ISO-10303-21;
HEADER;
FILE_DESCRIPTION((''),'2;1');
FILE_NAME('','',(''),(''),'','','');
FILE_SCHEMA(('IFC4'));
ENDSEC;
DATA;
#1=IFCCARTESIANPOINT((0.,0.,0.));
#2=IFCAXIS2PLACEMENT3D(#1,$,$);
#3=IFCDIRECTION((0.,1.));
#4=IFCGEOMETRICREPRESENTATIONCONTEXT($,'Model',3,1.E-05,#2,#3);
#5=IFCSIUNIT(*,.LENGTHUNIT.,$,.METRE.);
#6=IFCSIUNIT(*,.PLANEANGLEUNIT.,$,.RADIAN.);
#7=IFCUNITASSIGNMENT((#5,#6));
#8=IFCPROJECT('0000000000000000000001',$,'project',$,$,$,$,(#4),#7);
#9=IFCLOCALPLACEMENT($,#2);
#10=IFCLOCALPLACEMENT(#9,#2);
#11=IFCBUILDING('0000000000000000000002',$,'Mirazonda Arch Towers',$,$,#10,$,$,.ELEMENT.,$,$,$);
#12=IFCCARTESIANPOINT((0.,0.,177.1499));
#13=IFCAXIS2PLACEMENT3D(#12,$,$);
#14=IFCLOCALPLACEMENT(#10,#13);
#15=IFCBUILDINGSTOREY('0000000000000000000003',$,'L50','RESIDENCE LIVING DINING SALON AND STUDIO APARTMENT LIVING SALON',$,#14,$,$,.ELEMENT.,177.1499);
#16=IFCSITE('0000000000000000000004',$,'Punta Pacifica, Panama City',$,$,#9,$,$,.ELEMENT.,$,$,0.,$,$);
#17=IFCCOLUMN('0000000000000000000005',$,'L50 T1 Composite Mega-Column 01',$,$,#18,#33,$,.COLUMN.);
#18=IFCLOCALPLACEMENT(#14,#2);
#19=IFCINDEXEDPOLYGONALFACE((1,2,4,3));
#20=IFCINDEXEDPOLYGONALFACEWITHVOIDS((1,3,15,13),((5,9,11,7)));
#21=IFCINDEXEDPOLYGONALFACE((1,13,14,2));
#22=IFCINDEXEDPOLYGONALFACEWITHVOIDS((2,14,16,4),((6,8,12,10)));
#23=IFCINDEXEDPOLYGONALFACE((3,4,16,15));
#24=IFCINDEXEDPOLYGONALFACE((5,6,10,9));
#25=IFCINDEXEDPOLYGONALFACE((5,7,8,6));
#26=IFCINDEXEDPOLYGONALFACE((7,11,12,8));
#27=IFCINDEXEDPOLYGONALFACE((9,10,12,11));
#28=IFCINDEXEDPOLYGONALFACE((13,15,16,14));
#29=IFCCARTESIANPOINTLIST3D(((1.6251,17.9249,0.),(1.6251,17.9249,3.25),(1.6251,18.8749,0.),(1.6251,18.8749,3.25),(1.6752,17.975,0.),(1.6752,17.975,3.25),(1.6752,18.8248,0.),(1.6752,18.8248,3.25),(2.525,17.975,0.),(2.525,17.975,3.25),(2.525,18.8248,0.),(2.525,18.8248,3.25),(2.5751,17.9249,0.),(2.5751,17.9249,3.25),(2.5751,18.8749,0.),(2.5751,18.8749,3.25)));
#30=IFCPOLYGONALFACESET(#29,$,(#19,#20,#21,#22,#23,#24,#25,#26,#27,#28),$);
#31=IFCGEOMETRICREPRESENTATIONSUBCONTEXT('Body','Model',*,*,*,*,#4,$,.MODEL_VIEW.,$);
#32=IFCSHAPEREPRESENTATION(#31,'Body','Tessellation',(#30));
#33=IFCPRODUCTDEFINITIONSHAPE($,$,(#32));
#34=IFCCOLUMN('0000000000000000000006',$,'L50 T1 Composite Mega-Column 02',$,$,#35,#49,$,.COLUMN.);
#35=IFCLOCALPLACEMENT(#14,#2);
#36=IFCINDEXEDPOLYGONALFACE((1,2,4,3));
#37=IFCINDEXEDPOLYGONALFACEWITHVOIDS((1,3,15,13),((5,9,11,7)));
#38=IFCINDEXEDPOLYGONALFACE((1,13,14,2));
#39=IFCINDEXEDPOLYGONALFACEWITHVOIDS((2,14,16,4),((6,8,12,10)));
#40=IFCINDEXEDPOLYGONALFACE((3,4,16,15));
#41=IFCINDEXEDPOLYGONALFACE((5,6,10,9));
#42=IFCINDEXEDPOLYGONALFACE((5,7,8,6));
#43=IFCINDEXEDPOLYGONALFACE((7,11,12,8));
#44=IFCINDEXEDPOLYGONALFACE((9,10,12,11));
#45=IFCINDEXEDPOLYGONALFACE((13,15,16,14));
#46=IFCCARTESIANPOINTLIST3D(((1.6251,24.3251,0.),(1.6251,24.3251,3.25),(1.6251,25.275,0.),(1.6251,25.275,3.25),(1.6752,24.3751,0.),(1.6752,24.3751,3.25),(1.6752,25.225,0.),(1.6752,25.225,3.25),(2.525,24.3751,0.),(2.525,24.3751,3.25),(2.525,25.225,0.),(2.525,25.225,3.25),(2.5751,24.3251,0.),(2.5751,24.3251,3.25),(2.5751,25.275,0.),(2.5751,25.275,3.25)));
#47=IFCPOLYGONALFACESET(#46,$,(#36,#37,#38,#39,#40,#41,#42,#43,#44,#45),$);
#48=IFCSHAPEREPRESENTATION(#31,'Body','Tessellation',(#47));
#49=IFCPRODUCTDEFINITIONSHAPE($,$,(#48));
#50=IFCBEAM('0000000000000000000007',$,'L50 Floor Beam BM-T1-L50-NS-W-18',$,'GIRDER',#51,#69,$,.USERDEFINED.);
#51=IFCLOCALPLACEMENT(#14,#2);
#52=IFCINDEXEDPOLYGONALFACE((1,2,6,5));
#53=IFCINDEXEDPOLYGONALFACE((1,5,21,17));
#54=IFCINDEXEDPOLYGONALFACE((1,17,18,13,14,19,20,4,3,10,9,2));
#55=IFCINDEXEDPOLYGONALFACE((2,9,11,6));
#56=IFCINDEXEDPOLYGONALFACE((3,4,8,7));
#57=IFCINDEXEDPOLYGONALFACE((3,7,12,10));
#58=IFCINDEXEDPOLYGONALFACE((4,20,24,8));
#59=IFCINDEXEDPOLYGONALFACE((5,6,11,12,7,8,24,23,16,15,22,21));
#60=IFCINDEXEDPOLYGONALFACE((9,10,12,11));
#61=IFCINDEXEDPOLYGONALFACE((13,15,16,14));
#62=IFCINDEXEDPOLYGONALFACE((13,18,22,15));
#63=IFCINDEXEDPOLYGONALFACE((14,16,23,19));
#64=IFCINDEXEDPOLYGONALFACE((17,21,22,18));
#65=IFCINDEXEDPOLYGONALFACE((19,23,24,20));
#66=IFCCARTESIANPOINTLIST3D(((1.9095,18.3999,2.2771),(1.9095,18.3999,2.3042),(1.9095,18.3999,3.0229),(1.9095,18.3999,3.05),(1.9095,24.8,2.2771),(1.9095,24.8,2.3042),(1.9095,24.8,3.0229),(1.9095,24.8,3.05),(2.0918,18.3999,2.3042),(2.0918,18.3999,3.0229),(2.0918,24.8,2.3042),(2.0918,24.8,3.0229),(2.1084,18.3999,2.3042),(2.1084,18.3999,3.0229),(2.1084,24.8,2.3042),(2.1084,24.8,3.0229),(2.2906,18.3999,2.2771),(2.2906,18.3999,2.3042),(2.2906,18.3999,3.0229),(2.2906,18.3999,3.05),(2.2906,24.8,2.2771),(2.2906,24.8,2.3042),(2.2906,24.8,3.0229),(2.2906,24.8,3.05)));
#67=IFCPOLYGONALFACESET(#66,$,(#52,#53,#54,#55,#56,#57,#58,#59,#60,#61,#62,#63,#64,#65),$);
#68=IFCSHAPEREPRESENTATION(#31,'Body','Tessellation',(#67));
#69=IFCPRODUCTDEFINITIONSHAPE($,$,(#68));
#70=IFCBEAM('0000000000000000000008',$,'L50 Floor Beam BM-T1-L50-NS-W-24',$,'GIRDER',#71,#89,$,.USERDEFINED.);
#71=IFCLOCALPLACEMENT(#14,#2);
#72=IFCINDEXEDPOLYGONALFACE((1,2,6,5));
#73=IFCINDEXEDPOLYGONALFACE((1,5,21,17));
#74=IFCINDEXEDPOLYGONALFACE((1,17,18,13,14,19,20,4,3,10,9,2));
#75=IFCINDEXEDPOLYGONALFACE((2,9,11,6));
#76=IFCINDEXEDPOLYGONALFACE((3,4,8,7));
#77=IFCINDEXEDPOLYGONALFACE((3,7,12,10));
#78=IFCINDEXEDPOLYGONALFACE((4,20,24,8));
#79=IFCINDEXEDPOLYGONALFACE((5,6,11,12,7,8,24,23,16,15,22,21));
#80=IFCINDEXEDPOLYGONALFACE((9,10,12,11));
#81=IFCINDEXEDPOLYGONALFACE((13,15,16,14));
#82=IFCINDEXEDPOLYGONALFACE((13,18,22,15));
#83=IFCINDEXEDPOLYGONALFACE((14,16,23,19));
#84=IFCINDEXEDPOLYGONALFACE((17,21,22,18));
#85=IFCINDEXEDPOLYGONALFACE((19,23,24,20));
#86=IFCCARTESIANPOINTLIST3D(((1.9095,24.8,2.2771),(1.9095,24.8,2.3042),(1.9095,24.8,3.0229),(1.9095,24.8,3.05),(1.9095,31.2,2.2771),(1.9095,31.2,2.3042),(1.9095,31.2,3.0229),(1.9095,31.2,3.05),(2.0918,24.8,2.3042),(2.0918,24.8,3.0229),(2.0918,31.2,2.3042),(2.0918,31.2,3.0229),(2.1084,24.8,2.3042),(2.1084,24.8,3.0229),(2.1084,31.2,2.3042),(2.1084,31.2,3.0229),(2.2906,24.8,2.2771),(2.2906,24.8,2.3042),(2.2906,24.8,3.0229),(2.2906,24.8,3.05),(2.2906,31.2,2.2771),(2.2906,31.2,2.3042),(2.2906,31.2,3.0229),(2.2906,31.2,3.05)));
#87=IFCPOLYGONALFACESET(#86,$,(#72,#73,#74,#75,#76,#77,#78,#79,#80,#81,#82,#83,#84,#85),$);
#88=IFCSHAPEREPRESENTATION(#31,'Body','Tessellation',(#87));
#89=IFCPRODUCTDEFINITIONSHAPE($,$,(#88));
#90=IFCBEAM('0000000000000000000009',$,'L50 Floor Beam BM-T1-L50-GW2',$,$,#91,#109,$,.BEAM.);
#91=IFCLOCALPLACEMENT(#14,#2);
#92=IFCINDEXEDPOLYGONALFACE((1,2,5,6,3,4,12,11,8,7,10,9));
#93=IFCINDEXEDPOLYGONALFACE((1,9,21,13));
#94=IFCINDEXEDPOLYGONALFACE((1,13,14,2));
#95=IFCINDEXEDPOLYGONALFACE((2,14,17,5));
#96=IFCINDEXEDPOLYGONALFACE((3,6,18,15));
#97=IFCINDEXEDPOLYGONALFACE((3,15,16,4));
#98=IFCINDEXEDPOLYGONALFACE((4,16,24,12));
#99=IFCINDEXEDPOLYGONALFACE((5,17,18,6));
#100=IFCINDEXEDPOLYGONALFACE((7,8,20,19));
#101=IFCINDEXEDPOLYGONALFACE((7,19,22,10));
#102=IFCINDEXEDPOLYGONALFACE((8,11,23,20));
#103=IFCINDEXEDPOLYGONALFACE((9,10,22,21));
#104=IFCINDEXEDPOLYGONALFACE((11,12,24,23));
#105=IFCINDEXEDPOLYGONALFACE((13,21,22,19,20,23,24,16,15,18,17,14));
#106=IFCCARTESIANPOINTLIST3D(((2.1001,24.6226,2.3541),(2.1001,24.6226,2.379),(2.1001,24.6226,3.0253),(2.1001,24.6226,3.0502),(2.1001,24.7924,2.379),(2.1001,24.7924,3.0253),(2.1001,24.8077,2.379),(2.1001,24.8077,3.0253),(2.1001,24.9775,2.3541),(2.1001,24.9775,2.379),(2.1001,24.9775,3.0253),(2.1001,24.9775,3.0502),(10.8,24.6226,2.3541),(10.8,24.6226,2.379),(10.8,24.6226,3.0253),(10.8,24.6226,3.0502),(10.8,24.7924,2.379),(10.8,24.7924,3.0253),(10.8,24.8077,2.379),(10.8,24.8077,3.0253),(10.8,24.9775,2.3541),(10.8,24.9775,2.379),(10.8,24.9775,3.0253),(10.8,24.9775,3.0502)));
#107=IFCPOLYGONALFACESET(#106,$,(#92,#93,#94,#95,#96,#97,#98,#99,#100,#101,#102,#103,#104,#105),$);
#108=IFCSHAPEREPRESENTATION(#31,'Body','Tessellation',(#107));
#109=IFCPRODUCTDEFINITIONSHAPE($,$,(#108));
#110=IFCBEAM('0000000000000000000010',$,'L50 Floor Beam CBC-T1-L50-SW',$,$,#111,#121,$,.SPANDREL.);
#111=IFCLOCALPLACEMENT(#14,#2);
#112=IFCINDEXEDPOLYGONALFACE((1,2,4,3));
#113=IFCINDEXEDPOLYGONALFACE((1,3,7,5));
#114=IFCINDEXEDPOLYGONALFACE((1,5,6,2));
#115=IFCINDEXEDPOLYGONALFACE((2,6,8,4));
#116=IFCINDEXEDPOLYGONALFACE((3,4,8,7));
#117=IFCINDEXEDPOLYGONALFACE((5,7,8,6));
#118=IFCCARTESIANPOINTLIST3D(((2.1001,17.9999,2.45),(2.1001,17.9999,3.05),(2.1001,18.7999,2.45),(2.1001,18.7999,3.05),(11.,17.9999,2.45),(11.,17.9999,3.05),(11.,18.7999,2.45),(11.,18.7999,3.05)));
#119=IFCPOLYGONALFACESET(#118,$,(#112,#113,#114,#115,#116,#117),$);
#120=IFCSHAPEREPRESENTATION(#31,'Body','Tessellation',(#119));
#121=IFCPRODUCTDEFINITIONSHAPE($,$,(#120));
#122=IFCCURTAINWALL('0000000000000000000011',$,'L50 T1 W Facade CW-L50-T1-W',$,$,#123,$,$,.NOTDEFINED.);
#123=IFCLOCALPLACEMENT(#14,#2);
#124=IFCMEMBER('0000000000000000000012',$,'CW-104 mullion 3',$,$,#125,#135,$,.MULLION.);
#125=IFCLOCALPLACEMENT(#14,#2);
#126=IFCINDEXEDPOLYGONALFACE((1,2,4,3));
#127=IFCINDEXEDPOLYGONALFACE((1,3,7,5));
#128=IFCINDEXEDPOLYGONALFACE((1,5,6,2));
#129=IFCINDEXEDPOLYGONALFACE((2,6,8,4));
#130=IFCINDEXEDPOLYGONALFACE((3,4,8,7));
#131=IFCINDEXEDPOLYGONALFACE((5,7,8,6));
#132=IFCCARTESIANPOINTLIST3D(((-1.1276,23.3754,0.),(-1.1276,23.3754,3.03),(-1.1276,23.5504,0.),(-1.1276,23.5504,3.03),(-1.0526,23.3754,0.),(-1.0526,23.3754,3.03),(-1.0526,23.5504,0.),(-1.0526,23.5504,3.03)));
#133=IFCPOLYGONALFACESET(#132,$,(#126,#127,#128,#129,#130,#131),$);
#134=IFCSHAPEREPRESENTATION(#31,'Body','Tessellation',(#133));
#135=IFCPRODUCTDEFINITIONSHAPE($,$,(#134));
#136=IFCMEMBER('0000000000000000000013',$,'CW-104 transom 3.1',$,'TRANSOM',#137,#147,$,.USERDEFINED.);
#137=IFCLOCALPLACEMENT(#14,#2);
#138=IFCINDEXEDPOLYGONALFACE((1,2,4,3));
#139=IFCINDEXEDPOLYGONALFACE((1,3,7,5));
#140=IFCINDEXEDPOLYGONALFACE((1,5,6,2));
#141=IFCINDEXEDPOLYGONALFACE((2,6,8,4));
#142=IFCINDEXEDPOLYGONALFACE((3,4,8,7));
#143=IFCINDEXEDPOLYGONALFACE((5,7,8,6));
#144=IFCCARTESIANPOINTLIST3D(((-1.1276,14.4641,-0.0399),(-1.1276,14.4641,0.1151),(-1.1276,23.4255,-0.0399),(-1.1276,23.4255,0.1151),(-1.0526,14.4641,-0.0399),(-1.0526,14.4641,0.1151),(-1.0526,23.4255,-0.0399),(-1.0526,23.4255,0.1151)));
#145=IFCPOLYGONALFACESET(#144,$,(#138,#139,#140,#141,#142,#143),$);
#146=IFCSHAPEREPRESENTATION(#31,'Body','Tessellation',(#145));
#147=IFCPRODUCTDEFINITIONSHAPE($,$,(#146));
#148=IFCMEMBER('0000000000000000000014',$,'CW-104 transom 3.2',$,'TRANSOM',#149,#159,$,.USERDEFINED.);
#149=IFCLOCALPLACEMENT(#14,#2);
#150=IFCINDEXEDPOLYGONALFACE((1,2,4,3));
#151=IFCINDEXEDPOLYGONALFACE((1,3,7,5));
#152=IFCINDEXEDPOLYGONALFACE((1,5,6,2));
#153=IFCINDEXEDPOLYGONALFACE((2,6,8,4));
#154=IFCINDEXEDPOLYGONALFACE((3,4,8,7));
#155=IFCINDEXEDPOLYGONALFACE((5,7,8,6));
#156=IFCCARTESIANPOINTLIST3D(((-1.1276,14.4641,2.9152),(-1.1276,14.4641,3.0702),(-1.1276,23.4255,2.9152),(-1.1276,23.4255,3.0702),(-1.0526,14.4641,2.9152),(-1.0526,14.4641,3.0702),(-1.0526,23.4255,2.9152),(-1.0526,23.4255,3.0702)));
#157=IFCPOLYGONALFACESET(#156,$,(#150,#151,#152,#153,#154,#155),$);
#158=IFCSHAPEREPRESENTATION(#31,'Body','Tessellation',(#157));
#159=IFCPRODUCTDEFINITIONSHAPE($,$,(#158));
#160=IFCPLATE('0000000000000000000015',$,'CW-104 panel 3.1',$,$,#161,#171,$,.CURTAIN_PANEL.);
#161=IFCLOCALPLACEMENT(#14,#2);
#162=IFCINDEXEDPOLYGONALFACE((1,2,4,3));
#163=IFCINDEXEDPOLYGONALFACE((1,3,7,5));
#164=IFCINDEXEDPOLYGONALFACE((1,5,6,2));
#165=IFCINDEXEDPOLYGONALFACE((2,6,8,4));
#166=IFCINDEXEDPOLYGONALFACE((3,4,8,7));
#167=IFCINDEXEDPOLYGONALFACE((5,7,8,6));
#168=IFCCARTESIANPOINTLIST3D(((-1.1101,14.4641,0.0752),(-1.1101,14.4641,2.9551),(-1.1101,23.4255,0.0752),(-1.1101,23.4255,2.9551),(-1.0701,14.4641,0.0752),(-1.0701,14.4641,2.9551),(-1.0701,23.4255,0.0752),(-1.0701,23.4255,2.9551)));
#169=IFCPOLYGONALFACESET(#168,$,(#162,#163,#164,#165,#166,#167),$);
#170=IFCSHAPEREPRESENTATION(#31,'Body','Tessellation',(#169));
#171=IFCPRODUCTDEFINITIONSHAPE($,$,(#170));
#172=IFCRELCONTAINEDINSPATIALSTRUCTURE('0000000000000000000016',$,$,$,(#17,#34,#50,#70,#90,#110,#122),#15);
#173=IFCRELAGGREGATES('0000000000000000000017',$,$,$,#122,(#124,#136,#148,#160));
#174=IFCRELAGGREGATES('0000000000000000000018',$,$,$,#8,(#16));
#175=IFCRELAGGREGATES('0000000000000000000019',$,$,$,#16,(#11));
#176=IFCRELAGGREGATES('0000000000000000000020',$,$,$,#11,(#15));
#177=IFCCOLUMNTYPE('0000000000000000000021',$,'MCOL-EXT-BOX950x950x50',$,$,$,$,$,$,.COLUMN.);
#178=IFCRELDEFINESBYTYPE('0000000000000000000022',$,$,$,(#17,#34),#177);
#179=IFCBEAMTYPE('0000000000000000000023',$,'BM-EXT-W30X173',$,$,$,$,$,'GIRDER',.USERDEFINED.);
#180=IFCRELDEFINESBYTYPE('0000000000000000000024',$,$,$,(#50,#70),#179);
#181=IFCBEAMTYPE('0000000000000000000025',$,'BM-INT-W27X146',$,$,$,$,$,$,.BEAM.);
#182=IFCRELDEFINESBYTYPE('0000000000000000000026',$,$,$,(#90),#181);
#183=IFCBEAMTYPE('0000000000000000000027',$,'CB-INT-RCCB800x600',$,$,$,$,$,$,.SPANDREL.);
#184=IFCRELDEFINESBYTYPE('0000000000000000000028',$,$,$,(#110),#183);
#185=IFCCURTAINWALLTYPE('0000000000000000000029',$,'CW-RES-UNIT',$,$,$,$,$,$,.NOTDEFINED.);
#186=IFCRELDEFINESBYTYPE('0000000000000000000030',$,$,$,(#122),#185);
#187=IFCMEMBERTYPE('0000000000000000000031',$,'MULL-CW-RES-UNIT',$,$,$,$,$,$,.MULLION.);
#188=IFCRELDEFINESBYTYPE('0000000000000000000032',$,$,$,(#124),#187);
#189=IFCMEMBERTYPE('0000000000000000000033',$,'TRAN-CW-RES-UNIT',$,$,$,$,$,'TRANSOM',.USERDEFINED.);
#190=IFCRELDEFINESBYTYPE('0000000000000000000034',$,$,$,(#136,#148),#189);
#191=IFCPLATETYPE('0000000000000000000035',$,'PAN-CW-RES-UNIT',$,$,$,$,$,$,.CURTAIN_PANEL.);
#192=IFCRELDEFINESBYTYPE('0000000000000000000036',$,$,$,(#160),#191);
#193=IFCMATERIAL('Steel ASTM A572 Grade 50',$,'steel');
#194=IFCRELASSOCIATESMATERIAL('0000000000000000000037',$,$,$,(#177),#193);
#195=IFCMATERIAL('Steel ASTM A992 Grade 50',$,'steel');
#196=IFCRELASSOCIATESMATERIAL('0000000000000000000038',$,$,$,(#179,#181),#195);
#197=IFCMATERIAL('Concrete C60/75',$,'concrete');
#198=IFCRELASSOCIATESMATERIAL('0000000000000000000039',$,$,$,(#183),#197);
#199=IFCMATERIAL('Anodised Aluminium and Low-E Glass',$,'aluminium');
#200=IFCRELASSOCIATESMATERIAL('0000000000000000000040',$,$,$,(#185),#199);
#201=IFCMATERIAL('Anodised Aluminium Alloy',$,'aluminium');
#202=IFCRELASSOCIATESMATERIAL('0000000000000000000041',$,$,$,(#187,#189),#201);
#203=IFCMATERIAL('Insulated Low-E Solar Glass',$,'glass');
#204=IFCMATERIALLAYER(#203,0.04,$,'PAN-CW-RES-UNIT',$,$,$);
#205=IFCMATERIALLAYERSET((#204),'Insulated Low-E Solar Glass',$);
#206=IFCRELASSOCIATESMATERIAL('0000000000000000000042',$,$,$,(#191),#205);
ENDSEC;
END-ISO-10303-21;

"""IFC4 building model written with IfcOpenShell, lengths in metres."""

from ifc_helpers import new_model, si_unit, direction, frame, origin, origin_2d, place, context, subcontext, project, spatial, rectangle, hollow_rectangle, i_section, extrude, material, layer, layer_set, material_profile, profile_set, type_object, element, aggregate, save


model = new_model("IFC4")

# Units and contexts
model_context = context("Model", 3, precision=1e-05, world=origin(), true_north=direction((0.0, 1.0)))
body_context = subcontext(model_context, "Body", "Model", "MODEL_VIEW")
ifc_project = project(units=[si_unit("LENGTHUNIT", "METRE"), si_unit("PLANEANGLEUNIT", "RADIAN")], contexts=[model_context])

# Site, building, storey
site_placement = place(None, origin())
site = spatial("IfcSite", under=ifc_project, at=site_placement, Name="Punta Pacifica, Panama City", CompositionType="ELEMENT", RefElevation=0.0)
building_placement = place(site_placement, origin())
building = spatial("IfcBuilding", under=site, at=building_placement, Name="Mirazonda Arch Towers", CompositionType="ELEMENT")
storey_placement = place(building_placement, frame((0.0, 0.0, 177.1499)))
storey = spatial("IfcBuildingStorey", under=building, at=storey_placement, Name="L50", Description="RESIDENCE LIVING DINING SALON AND STUDIO APARTMENT LIVING SALON", CompositionType="ELEMENT", Elevation=177.1499)

# Columns
ifc_material_1 = material(Name="Steel ASTM A572 Grade 50", Category="steel")
ifc_material_profile_1 = material_profile(ifc_material_1, hollow_rectangle(XDim=0.95, YDim=0.95, WallThickness=0.05, at=origin_2d()), Name="BOX950x950x50")
ifc_profile_set_1 = profile_set([ifc_material_profile_1], Name="Steel ASTM A572 Grade 50")
column_type = type_object("IfcColumnType", Name="MCOL-EXT-BOX950x950x50", PredefinedType="COLUMN", material=ifc_profile_set_1)
for number, where, z_axis, x_axis, name in (
    (1, (2.1001, 18.3999, 0.0), (0.0, 0.0, 1.0), (1.0, 0.0, 0.0), "L50 T1 Composite Mega-Column 01"),
    (2, (2.1001, 24.8, 0.0), (0.0, 0.0, 1.0), (1.0, 0.0, 0.0), "L50 T1 Composite Mega-Column 02"),
):
    element("IfcColumn", number, at=place(storey_placement, frame(where, z_axis=z_axis, x_axis=x_axis)), inside=storey, type_object=column_type, Name=name, PredefinedType="COLUMN", context=body_context, shape_type="SweptSolid", body=[
        extrude(hollow_rectangle(XDim=0.95, YDim=0.95, WallThickness=0.05, at=origin_2d()), origin(), (0.0, 0.0, 1.0), 3.25),
    ])

# Beams
ifc_material_2 = material(Name="Steel ASTM A992 Grade 50", Category="steel")
ifc_material_profile_2 = material_profile(ifc_material_2, i_section(OverallWidth=0.3811, OverallDepth=0.7729, WebThickness=0.0166, FlangeThickness=0.0271, at=origin_2d()), Name="W30X173")
ifc_profile_set_2 = profile_set([ifc_material_profile_2], Name="Steel ASTM A992 Grade 50")
beam_type_1 = type_object("IfcBeamType", Name="BM-EXT-W30X173", ElementType="GIRDER", PredefinedType="USERDEFINED", material=ifc_profile_set_2)
beam_1_placement = place(storey_placement, frame((2.1001, 18.3999, 2.6636), z_axis=(0.0, 1.0, 0.0), x_axis=(-1.0, 0.0, 0.0)))
element("IfcBeam", 3, at=beam_1_placement, inside=storey, type_object=beam_type_1, Name="L50 Floor Beam BM-T1-L50-NS-W-18", ObjectType="GIRDER", PredefinedType="USERDEFINED", context=body_context, shape_type="SweptSolid", body=[
    extrude(i_section(OverallWidth=0.3811, OverallDepth=0.7729, WebThickness=0.0166, FlangeThickness=0.0271, at=origin_2d()), origin(), (0.0, 0.0, 1.0), 6.4001),
])
beam_2_placement = place(storey_placement, frame((2.1001, 24.8, 2.6636), z_axis=(0.0, 1.0, 0.0), x_axis=(-1.0, 0.0, 0.0)))
element("IfcBeam", 4, at=beam_2_placement, inside=storey, type_object=beam_type_1, Name="L50 Floor Beam BM-T1-L50-NS-W-24", ObjectType="GIRDER", PredefinedType="USERDEFINED", context=body_context, shape_type="SweptSolid", body=[
    extrude(i_section(OverallWidth=0.3811, OverallDepth=0.7729, WebThickness=0.0166, FlangeThickness=0.0271, at=origin_2d()), origin(), (0.0, 0.0, 1.0), 6.3999),
])
ifc_material_profile_3 = material_profile(ifc_material_2, i_section(OverallWidth=0.355, OverallDepth=0.696, WebThickness=0.0154, FlangeThickness=0.0249, at=origin_2d()), Name="W27X146")
ifc_profile_set_3 = profile_set([ifc_material_profile_3], Name="Steel ASTM A992 Grade 50")
beam_type_2 = type_object("IfcBeamType", Name="BM-INT-W27X146", PredefinedType="BEAM", material=ifc_profile_set_3)
beam_3_placement = place(storey_placement, frame((2.1001, 24.8, 2.7021), z_axis=(1.0, 0.0, 0.0), x_axis=(0.0, 1.0, 0.0)))
element("IfcBeam", 5, at=beam_3_placement, inside=storey, type_object=beam_type_2, Name="L50 Floor Beam BM-T1-L50-GW2", PredefinedType="BEAM", context=body_context, shape_type="SweptSolid", body=[
    extrude(i_section(OverallWidth=0.355, OverallDepth=0.696, WebThickness=0.0154, FlangeThickness=0.0249, at=origin_2d()), origin(), (0.0, 0.0, 1.0), 8.7),
])
ifc_material_3 = material(Name="Concrete C60/75", Category="concrete")
ifc_material_profile_4 = material_profile(ifc_material_3, rectangle(XDim=0.8, YDim=0.6001, at=origin_2d()), Name="RCCB800x600")
ifc_profile_set_4 = profile_set([ifc_material_profile_4], Name="Concrete C60/75")
beam_type_3 = type_object("IfcBeamType", Name="CB-INT-RCCB800x600", PredefinedType="SPANDREL", material=ifc_profile_set_4)
beam_4_placement = place(storey_placement, frame((2.1001, 18.3999, 2.75), z_axis=(1.0, 0.0, 0.0), x_axis=(0.0, 1.0, 0.0)))
element("IfcBeam", 6, at=beam_4_placement, inside=storey, type_object=beam_type_3, Name="L50 Floor Beam CBC-T1-L50-SW", PredefinedType="SPANDREL", context=body_context, shape_type="SweptSolid", body=[
    extrude(rectangle(XDim=0.8, YDim=0.6001, at=origin_2d()), origin(), (0.0, 0.0, 1.0), 8.8999),
])

# Curtain wall, members, plate
ifc_material_4 = material(Name="Anodised Aluminium and Low-E Glass", Category="aluminium")
curtain_wall_type = type_object("IfcCurtainWallType", Name="CW-RES-UNIT", PredefinedType="NOTDEFINED", material=ifc_material_4)
curtain_wall_placement = place(storey_placement, origin())
curtain_wall = element("IfcCurtainWall", 7, at=curtain_wall_placement, inside=storey, type_object=curtain_wall_type, Name="L50 T1 W Facade CW-L50-T1-W", PredefinedType="NOTDEFINED")
ifc_material_5 = material(Name="Anodised Aluminium Alloy", Category="aluminium")
ifc_material_profile_5 = material_profile(ifc_material_5, rectangle(XDim=0.075, YDim=0.175, at=origin_2d()), Name="ALU-MULL-75x175")
ifc_profile_set_5 = profile_set([ifc_material_profile_5], Name="Anodised Aluminium Alloy")
member_type_1 = type_object("IfcMemberType", Name="MULL-CW-RES-UNIT", PredefinedType="MULLION", material=ifc_profile_set_5)
member_1_placement = place(storey_placement, frame((-1.0901, 23.4629, 0.0), z_axis=(0.0, 0.0, 1.0), x_axis=(1.0, 0.0, 0.0)))
member_1 = element("IfcMember", 8, at=member_1_placement, type_object=member_type_1, Name="CW-104 mullion 3", PredefinedType="MULLION", context=body_context, shape_type="SweptSolid", body=[
    extrude(rectangle(XDim=0.075, YDim=0.175, at=origin_2d()), origin(), (0.0, 0.0, 1.0), 3.03),
])
ifc_material_profile_6 = material_profile(ifc_material_5, rectangle(XDim=0.075, YDim=0.155, at=origin_2d()), Name="ALU-TRAN-75x155")
ifc_profile_set_6 = profile_set([ifc_material_profile_6], Name="Anodised Aluminium Alloy")
member_type_2 = type_object("IfcMemberType", Name="TRAN-CW-RES-UNIT", ElementType="TRANSOM", PredefinedType="USERDEFINED", material=ifc_profile_set_6)
member_2_placement = place(storey_placement, frame((-1.0901, 23.4255, 0.0376), z_axis=(0.0, -1.0, 0.0), x_axis=(1.0, 0.0, 0.0)))
member_2 = element("IfcMember", 9, at=member_2_placement, type_object=member_type_2, Name="CW-104 transom 3.1", ObjectType="TRANSOM", PredefinedType="USERDEFINED", context=body_context, shape_type="SweptSolid", body=[
    extrude(rectangle(XDim=0.075, YDim=0.155, at=origin_2d()), origin(), (0.0, 0.0, 1.0), 8.9614),
])
member_3_placement = place(storey_placement, frame((-1.0901, 23.4255, 2.9927), z_axis=(0.0, -1.0, 0.0), x_axis=(1.0, 0.0, 0.0)))
member_3 = element("IfcMember", 10, at=member_3_placement, type_object=member_type_2, Name="CW-104 transom 3.2", ObjectType="TRANSOM", PredefinedType="USERDEFINED", context=body_context, shape_type="SweptSolid", body=[
    extrude(rectangle(XDim=0.075, YDim=0.155, at=origin_2d()), origin(), (0.0, 0.0, 1.0), 8.9614),
])
ifc_material_6 = material(Name="Insulated Low-E Solar Glass", Category="glass")
ifc_layer_1 = layer(ifc_material_6, 0.04, Name="PAN-CW-RES-UNIT")
ifc_layer_set_1 = layer_set([ifc_layer_1], Name="Insulated Low-E Solar Glass")
plate_type = type_object("IfcPlateType", Name="PAN-CW-RES-UNIT", PredefinedType="CURTAIN_PANEL", material=ifc_layer_set_1)
plate_placement = place(storey_placement, frame((-1.0901, 18.9448, 0.0752), z_axis=(0.0, 0.0, 1.0), x_axis=(0.0, -1.0, 0.0)))
plate = element("IfcPlate", 11, at=plate_placement, type_object=plate_type, Name="CW-104 panel 3.1", PredefinedType="CURTAIN_PANEL", context=body_context, shape_type="SweptSolid", body=[
    extrude(rectangle(XDim=8.9614, YDim=0.04, at=origin_2d()), origin(), (0.0, 0.0, 1.0), 2.8799),
])
aggregate(curtain_wall, [member_1, member_2, member_3, plate])

save(model, "model.ifc")
